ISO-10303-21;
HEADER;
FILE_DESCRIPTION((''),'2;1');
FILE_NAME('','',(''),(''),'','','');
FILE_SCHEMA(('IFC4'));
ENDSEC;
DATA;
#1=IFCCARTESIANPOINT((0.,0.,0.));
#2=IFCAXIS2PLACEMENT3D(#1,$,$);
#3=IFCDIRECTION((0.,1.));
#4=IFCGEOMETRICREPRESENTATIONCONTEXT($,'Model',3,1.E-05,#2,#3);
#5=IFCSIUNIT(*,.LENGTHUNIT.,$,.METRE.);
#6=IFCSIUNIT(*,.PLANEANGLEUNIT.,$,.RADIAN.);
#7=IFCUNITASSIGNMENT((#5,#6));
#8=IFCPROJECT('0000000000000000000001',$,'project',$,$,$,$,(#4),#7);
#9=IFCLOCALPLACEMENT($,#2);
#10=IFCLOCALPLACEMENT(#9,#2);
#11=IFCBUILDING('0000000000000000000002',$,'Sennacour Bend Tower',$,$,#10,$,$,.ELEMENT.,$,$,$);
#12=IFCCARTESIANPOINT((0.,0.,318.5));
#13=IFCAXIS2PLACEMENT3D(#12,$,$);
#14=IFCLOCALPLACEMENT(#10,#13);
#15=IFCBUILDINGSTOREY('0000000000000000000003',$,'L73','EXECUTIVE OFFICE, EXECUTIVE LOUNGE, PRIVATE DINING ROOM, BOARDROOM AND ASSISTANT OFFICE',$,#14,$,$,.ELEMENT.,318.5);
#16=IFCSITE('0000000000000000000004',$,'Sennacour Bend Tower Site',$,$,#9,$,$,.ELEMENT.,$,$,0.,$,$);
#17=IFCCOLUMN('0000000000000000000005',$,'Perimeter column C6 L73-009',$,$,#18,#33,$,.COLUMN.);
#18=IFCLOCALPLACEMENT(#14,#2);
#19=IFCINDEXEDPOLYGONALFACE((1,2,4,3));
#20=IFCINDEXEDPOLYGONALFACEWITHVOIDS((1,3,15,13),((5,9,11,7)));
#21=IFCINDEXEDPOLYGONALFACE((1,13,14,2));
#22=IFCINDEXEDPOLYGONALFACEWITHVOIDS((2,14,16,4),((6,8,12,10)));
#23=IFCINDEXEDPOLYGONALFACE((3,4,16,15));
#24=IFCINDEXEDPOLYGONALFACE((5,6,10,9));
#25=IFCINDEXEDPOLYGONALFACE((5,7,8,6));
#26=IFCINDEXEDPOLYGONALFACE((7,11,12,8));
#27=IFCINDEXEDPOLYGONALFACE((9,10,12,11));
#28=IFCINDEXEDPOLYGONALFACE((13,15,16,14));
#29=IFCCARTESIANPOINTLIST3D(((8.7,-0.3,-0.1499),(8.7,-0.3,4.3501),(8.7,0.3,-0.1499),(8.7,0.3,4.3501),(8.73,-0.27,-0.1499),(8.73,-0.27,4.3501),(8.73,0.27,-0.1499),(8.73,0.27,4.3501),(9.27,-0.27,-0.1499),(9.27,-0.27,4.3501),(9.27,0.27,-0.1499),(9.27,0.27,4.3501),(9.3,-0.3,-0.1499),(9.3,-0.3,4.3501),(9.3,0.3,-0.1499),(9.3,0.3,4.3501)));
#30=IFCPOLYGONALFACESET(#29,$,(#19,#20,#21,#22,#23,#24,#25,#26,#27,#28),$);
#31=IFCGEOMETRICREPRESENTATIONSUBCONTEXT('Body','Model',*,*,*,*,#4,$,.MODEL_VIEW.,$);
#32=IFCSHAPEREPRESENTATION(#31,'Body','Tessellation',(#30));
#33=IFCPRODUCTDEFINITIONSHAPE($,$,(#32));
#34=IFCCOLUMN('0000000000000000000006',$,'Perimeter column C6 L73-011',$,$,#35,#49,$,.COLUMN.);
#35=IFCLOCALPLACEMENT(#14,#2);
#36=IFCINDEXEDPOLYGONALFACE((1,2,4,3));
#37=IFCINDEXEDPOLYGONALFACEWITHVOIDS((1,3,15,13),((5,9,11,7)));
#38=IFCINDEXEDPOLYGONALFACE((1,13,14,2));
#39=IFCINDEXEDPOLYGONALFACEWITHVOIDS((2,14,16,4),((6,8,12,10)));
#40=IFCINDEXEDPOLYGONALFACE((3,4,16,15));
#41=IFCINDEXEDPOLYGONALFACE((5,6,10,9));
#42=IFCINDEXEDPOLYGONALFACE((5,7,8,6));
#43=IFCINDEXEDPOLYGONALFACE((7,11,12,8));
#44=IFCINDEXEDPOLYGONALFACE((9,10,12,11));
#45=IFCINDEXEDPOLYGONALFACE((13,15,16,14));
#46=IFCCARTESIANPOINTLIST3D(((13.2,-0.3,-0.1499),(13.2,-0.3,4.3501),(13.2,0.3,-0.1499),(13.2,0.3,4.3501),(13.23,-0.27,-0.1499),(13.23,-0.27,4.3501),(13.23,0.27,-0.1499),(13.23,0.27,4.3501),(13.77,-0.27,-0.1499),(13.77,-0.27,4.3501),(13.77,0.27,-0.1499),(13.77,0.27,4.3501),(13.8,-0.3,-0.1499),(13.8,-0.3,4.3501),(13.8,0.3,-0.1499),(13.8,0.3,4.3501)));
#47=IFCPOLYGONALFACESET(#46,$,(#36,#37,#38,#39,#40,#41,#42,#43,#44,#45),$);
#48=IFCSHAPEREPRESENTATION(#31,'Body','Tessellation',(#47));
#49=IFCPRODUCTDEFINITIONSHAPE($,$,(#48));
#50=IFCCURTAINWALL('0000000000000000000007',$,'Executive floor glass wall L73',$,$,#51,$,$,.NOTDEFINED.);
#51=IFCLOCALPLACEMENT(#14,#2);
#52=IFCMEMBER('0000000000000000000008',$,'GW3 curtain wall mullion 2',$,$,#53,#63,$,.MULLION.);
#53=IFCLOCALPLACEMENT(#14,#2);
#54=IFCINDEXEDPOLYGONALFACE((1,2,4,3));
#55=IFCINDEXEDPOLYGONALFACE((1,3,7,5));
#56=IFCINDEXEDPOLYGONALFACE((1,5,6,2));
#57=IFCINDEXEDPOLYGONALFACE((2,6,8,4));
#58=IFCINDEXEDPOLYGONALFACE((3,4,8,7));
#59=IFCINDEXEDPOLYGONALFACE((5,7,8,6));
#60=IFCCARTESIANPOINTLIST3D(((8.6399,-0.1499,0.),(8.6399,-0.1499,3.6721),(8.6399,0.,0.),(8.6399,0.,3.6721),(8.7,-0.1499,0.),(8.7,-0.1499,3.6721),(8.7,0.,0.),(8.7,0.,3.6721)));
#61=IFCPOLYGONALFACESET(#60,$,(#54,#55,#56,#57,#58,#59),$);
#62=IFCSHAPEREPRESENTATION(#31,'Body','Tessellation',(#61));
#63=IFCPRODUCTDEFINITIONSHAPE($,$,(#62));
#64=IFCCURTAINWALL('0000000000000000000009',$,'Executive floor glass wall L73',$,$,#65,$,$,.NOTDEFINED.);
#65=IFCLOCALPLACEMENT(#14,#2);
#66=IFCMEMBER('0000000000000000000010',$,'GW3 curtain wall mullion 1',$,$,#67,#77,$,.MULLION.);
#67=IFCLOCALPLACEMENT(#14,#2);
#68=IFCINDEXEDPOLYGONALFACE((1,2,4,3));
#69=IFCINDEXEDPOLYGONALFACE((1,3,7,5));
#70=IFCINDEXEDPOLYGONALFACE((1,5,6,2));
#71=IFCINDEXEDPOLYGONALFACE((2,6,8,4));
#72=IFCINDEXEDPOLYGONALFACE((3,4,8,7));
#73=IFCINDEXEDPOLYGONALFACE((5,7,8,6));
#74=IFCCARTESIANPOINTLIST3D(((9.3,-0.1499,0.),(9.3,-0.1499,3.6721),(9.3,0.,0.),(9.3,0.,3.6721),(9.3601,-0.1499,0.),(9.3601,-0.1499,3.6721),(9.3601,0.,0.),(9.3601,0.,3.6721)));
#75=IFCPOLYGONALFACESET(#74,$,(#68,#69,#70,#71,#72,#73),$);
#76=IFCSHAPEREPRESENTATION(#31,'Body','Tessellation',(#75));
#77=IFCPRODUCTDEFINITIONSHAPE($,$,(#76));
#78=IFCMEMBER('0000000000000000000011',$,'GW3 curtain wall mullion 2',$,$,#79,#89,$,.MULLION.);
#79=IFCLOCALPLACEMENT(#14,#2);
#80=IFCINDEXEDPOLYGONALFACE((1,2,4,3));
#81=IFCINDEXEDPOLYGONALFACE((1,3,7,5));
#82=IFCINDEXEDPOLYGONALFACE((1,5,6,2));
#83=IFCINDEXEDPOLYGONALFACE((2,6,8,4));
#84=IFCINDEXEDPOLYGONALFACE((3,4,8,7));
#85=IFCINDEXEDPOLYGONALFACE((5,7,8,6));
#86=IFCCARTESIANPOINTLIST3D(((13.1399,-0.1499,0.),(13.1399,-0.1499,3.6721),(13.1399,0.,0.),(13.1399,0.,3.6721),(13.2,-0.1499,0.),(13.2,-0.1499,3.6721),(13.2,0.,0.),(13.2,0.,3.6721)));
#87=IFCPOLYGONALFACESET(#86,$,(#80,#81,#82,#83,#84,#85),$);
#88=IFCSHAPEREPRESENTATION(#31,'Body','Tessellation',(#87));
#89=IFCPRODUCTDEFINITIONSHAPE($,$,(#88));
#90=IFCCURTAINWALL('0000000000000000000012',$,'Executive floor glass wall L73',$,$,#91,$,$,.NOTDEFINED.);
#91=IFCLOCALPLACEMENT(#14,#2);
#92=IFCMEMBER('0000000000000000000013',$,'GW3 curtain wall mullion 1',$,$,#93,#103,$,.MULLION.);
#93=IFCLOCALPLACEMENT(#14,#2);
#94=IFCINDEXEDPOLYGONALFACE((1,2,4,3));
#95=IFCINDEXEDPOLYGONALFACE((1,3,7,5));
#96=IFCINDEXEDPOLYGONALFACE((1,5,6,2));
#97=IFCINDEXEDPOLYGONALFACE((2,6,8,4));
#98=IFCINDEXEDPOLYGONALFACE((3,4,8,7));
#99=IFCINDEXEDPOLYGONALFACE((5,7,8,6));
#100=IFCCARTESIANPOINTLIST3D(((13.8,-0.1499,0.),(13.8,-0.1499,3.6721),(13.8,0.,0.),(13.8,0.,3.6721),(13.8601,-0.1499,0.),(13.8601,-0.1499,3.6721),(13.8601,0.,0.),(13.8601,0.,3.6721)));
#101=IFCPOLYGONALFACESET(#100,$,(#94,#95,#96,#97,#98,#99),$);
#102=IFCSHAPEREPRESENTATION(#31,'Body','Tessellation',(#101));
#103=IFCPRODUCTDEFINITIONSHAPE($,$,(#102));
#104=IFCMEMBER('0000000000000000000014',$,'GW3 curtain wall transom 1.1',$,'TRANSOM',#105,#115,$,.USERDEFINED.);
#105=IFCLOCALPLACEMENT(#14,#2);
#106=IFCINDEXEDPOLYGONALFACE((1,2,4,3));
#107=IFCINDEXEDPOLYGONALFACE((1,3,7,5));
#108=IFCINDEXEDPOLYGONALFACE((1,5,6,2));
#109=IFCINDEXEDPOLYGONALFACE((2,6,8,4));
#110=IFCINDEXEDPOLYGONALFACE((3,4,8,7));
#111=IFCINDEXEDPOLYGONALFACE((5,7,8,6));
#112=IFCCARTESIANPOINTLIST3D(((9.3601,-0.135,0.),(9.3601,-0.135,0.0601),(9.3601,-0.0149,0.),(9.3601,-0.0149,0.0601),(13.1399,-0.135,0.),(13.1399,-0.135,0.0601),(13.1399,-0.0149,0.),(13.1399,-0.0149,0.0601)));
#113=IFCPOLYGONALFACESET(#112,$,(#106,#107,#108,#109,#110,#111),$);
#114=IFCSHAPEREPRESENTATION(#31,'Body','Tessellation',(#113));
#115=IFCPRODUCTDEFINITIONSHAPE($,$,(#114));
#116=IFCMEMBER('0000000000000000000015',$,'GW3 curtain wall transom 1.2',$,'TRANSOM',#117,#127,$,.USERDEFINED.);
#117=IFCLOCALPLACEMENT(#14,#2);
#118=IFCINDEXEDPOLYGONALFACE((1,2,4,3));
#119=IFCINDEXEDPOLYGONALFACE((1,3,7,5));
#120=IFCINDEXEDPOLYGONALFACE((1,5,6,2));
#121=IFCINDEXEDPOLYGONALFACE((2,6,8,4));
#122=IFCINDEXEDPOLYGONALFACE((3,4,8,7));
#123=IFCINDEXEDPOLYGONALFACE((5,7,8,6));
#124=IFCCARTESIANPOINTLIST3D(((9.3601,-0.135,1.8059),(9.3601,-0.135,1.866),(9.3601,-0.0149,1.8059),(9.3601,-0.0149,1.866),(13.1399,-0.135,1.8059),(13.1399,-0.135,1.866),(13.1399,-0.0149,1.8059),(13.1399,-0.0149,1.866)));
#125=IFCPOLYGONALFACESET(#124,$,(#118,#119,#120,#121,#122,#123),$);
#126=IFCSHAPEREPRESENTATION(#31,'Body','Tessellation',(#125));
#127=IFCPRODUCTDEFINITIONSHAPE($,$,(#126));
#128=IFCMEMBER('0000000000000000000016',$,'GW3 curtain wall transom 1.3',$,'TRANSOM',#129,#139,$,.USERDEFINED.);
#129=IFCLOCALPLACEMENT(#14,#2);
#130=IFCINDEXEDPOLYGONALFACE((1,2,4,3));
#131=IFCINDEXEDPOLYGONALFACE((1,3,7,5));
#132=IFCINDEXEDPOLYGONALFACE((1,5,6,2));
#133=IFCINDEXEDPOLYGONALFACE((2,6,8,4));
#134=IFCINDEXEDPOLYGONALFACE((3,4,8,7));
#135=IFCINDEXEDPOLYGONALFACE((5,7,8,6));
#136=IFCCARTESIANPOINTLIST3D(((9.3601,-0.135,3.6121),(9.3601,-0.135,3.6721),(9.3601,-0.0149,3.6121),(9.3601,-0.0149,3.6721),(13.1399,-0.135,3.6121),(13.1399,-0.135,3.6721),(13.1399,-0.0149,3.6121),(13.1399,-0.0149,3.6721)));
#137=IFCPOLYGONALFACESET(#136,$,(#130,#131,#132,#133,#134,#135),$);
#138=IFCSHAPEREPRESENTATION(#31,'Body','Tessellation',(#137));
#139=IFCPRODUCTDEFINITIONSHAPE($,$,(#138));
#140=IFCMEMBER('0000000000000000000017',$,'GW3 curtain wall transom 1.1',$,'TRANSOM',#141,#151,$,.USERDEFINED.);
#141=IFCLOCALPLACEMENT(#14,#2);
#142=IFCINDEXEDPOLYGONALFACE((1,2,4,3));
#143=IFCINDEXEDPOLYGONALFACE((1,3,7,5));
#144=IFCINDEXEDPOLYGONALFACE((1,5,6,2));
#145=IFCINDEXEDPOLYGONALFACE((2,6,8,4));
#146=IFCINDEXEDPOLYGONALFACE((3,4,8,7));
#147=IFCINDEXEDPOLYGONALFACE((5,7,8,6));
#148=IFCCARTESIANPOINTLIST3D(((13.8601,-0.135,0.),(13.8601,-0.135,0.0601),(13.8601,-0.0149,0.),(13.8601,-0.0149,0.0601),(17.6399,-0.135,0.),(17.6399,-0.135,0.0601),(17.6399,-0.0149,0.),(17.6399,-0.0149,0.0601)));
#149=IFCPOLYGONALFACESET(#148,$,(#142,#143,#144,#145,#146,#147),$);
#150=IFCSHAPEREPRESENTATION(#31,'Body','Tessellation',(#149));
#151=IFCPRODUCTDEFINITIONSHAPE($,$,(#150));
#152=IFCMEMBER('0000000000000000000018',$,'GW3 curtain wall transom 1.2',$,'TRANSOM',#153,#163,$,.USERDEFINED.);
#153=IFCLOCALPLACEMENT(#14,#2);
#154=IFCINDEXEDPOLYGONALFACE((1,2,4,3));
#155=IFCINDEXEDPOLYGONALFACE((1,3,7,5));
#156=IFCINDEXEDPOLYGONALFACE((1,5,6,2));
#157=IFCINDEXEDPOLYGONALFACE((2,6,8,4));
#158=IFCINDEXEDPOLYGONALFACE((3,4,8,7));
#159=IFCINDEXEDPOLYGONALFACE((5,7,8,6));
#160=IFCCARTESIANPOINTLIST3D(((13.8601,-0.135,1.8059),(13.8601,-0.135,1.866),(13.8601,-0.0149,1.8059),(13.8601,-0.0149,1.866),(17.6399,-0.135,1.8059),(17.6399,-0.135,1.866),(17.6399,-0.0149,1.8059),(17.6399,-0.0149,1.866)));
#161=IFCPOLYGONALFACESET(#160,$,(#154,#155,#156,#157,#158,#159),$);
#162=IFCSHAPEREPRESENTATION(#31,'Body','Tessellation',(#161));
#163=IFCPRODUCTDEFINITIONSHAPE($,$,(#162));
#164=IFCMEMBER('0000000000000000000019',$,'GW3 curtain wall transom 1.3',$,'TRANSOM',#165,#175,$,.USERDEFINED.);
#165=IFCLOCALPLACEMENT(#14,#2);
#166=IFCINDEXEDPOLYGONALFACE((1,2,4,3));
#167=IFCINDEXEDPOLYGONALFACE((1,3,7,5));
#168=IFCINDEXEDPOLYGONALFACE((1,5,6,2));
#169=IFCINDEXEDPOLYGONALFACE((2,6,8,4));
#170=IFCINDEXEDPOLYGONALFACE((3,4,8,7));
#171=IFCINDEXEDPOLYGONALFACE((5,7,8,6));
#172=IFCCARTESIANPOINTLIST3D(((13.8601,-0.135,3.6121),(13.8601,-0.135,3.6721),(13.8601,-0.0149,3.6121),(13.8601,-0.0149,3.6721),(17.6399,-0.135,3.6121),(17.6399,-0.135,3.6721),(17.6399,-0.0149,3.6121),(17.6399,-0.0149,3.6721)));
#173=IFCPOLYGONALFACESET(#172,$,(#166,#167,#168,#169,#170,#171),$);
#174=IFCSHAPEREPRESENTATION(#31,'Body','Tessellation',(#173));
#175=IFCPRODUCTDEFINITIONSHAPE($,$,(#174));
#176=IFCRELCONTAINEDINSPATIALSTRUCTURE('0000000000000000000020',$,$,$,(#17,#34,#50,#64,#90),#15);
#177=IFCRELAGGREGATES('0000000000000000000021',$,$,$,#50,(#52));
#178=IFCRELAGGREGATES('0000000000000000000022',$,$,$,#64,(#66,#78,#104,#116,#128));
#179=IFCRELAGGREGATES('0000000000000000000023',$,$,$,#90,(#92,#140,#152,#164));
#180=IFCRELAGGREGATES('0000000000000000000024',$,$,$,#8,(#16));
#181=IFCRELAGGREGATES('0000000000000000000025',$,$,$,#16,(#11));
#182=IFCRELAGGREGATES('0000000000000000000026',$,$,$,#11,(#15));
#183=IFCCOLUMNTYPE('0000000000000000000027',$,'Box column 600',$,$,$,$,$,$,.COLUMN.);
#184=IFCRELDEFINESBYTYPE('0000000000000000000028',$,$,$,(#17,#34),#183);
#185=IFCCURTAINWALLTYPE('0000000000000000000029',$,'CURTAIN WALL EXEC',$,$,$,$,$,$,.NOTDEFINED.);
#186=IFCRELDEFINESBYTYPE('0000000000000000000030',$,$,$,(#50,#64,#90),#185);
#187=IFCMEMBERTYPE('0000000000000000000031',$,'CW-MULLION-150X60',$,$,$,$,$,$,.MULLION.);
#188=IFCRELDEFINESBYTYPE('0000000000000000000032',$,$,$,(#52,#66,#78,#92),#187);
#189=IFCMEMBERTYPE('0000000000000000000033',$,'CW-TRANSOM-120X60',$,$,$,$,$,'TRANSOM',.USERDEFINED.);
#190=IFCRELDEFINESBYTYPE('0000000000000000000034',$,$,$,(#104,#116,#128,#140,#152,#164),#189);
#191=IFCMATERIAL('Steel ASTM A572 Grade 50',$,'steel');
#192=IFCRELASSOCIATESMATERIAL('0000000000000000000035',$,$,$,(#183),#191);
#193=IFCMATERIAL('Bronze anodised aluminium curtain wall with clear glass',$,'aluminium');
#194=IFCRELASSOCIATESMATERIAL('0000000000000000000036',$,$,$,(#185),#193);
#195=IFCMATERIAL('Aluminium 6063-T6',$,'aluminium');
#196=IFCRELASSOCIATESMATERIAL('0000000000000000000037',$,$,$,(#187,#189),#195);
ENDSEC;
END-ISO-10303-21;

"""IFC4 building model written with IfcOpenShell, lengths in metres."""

from ifc_helpers import new_model, si_unit, direction, frame, origin, origin_2d, place, context, subcontext, project, spatial, rectangle, hollow_rectangle, extrude, material, material_profile, profile_set, type_object, element, aggregate, save


model = new_model("IFC4")

# Units and contexts
model_context = context("Model", 3, precision=1e-05, world=origin(), true_north=direction((0.0, 1.0)))
body_context = subcontext(model_context, "Body", "Model", "MODEL_VIEW")
ifc_project = project(units=[si_unit("LENGTHUNIT", "METRE"), si_unit("PLANEANGLEUNIT", "RADIAN")], contexts=[model_context])

# Site, building, storey
site_placement = place(None, origin())
site = spatial("IfcSite", under=ifc_project, at=site_placement, Name="Sennacour Bend Tower Site", CompositionType="ELEMENT", RefElevation=0.0)
building_placement = place(site_placement, origin())
building = spatial("IfcBuilding", under=site, at=building_placement, Name="Sennacour Bend Tower", CompositionType="ELEMENT")
storey_placement = place(building_placement, frame((0.0, 0.0, 318.5)))
storey = spatial("IfcBuildingStorey", under=building, at=storey_placement, Name="L73", Description="EXECUTIVE OFFICE, EXECUTIVE LOUNGE, PRIVATE DINING ROOM, BOARDROOM AND ASSISTANT OFFICE", CompositionType="ELEMENT", Elevation=318.5)

# Columns
ifc_material_1 = material(Name="Steel ASTM A572 Grade 50", Category="steel")
ifc_material_profile_1 = material_profile(ifc_material_1, hollow_rectangle(XDim=0.6001, YDim=0.6001, WallThickness=0.03, at=origin_2d()), Name="Steel ASTM A572 Grade 50", Category="steel")
ifc_profile_set_1 = profile_set([ifc_material_profile_1], Name="Steel ASTM A572 Grade 50")
column_type = type_object("IfcColumnType", Name="Box column 600", PredefinedType="COLUMN", material=ifc_profile_set_1)
for number, where, z_axis, x_axis, name in (
    (1, (9.0, 0.0, -0.1499), (0.0, 0.0, 1.0), (1.0, 0.0, 0.0), "Perimeter column C6 L73-009"),
    (2, (13.5, 0.0, -0.1499), (0.0, 0.0, 1.0), (1.0, 0.0, 0.0), "Perimeter column C6 L73-011"),
):
    element("IfcColumn", number, at=place(storey_placement, frame(where, z_axis=z_axis, x_axis=x_axis)), inside=storey, type_object=column_type, Name=name, PredefinedType="COLUMN", context=body_context, shape_type="SweptSolid", body=[
        extrude(hollow_rectangle(XDim=0.6001, YDim=0.6001, WallThickness=0.03, at=origin_2d()), origin(), (0.0, 0.0, 1.0), 4.5),
    ])

# Curtain wall, member
ifc_material_2 = material(Name="Bronze anodised aluminium curtain wall with clear glass", Category="aluminium")
curtain_wall_type = type_object("IfcCurtainWallType", Name="CURTAIN WALL EXEC", PredefinedType="NOTDEFINED", material=ifc_material_2)
curtain_wall_1_placement = place(storey_placement, origin())
curtain_wall_1 = element("IfcCurtainWall", 3, at=curtain_wall_1_placement, inside=storey, type_object=curtain_wall_type, Name="Executive floor glass wall L73", PredefinedType="NOTDEFINED")
ifc_material_3 = material(Name="Aluminium 6063-T6", Category="aluminium")
ifc_material_profile_2 = material_profile(ifc_material_3, rectangle(XDim=0.1499, YDim=0.0601, at=origin_2d()), Name="Aluminium 6063-T6", Category="aluminium")
ifc_profile_set_2 = profile_set([ifc_material_profile_2], Name="Aluminium 6063-T6")
member_type_1 = type_object("IfcMemberType", Name="CW-MULLION-150X60", PredefinedType="MULLION", material=ifc_profile_set_2)
member_1_placement = place(storey_placement, frame((8.6699, -0.075, 0.0), z_axis=(0.0, 0.0, 1.0), x_axis=(0.0, 1.0, 0.0)))
member_1 = element("IfcMember", 4, at=member_1_placement, type_object=member_type_1, Name="GW3 curtain wall mullion 2", PredefinedType="MULLION", context=body_context, shape_type="SweptSolid", body=[
    extrude(rectangle(XDim=0.1499, YDim=0.0601, at=origin_2d()), origin(), (0.0, 0.0, 1.0), 3.6721),
])
aggregate(curtain_wall_1, [member_1])

# Curtain wall, members
curtain_wall_2_placement = place(storey_placement, origin())
curtain_wall_2 = element("IfcCurtainWall", 5, at=curtain_wall_2_placement, inside=storey, type_object=curtain_wall_type, Name="Executive floor glass wall L73", PredefinedType="NOTDEFINED")
member_2_placement = place(storey_placement, frame((9.3301, -0.075, 0.0), z_axis=(0.0, 0.0, 1.0), x_axis=(0.0, 1.0, 0.0)))
member_2 = element("IfcMember", 6, at=member_2_placement, type_object=member_type_1, Name="GW3 curtain wall mullion 1", PredefinedType="MULLION", context=body_context, shape_type="SweptSolid", body=[
    extrude(rectangle(XDim=0.1499, YDim=0.0601, at=origin_2d()), origin(), (0.0, 0.0, 1.0), 3.6721),
])
member_3_placement = place(storey_placement, frame((13.1699, -0.075, 0.0), z_axis=(0.0, 0.0, 1.0), x_axis=(0.0, 1.0, 0.0)))
member_3 = element("IfcMember", 7, at=member_3_placement, type_object=member_type_1, Name="GW3 curtain wall mullion 2", PredefinedType="MULLION", context=body_context, shape_type="SweptSolid", body=[
    extrude(rectangle(XDim=0.1499, YDim=0.0601, at=origin_2d()), origin(), (0.0, 0.0, 1.0), 3.6721),
])

# Curtain wall, member
curtain_wall_3_placement = place(storey_placement, origin())
curtain_wall_3 = element("IfcCurtainWall", 8, at=curtain_wall_3_placement, inside=storey, type_object=curtain_wall_type, Name="Executive floor glass wall L73", PredefinedType="NOTDEFINED")
member_4_placement = place(storey_placement, frame((13.8301, -0.075, 0.0), z_axis=(0.0, 0.0, 1.0), x_axis=(0.0, 1.0, 0.0)))
member_4 = element("IfcMember", 9, at=member_4_placement, type_object=member_type_1, Name="GW3 curtain wall mullion 1", PredefinedType="MULLION", context=body_context, shape_type="SweptSolid", body=[
    extrude(rectangle(XDim=0.1499, YDim=0.0601, at=origin_2d()), origin(), (0.0, 0.0, 1.0), 3.6721),
])

# Members
ifc_material_profile_3 = material_profile(ifc_material_3, rectangle(XDim=0.1201, YDim=0.0601, at=origin_2d()), Name="Aluminium 6063-T6", Category="aluminium")
ifc_profile_set_3 = profile_set([ifc_material_profile_3], Name="Aluminium 6063-T6")
member_type_2 = type_object("IfcMemberType", Name="CW-TRANSOM-120X60", ElementType="TRANSOM", PredefinedType="USERDEFINED", material=ifc_profile_set_3)
member_5_placement = place(storey_placement, frame((9.3601, -0.075, 0.03), z_axis=(1.0, 0.0, 0.0), x_axis=(0.0, 1.0, 0.0)))
member_5 = element("IfcMember", 10, at=member_5_placement, type_object=member_type_2, Name="GW3 curtain wall transom 1.1", ObjectType="TRANSOM", PredefinedType="USERDEFINED", context=body_context, shape_type="SweptSolid", body=[
    extrude(rectangle(XDim=0.1201, YDim=0.0601, at=origin_2d()), origin(), (0.0, 0.0, 1.0), 3.7798),
])
member_6_placement = place(storey_placement, frame((9.3601, -0.075, 1.8359), z_axis=(1.0, 0.0, 0.0), x_axis=(0.0, 1.0, 0.0)))
member_6 = element("IfcMember", 11, at=member_6_placement, type_object=member_type_2, Name="GW3 curtain wall transom 1.2", ObjectType="TRANSOM", PredefinedType="USERDEFINED", context=body_context, shape_type="SweptSolid", body=[
    extrude(rectangle(XDim=0.1201, YDim=0.0601, at=origin_2d()), origin(), (0.0, 0.0, 1.0), 3.7798),
])
member_7_placement = place(storey_placement, frame((9.3601, -0.075, 3.6421), z_axis=(1.0, 0.0, 0.0), x_axis=(0.0, 1.0, 0.0)))
member_7 = element("IfcMember", 12, at=member_7_placement, type_object=member_type_2, Name="GW3 curtain wall transom 1.3", ObjectType="TRANSOM", PredefinedType="USERDEFINED", context=body_context, shape_type="SweptSolid", body=[
    extrude(rectangle(XDim=0.1201, YDim=0.0601, at=origin_2d()), origin(), (0.0, 0.0, 1.0), 3.7798),
])
member_8_placement = place(storey_placement, frame((13.8601, -0.075, 0.03), z_axis=(1.0, 0.0, 0.0), x_axis=(0.0, 1.0, 0.0)))
member_8 = element("IfcMember", 13, at=member_8_placement, type_object=member_type_2, Name="GW3 curtain wall transom 1.1", ObjectType="TRANSOM", PredefinedType="USERDEFINED", context=body_context, shape_type="SweptSolid", body=[
    extrude(rectangle(XDim=0.1201, YDim=0.0601, at=origin_2d()), origin(), (0.0, 0.0, 1.0), 3.7798),
])
member_9_placement = place(storey_placement, frame((13.8601, -0.075, 1.8359), z_axis=(1.0, 0.0, 0.0), x_axis=(0.0, 1.0, 0.0)))
member_9 = element("IfcMember", 14, at=member_9_placement, type_object=member_type_2, Name="GW3 curtain wall transom 1.2", ObjectType="TRANSOM", PredefinedType="USERDEFINED", context=body_context, shape_type="SweptSolid", body=[
    extrude(rectangle(XDim=0.1201, YDim=0.0601, at=origin_2d()), origin(), (0.0, 0.0, 1.0), 3.7798),
])
member_10_placement = place(storey_placement, frame((13.8601, -0.075, 3.6421), z_axis=(1.0, 0.0, 0.0), x_axis=(0.0, 1.0, 0.0)))
member_10 = element("IfcMember", 15, at=member_10_placement, type_object=member_type_2, Name="GW3 curtain wall transom 1.3", ObjectType="TRANSOM", PredefinedType="USERDEFINED", context=body_context, shape_type="SweptSolid", body=[
    extrude(rectangle(XDim=0.1201, YDim=0.0601, at=origin_2d()), origin(), (0.0, 0.0, 1.0), 3.7798),
])

aggregate(curtain_wall_2, [member_2, member_3, member_5, member_6, member_7])
aggregate(curtain_wall_3, [member_4, member_8, member_9, member_10])

save(model, "model.ifc")
